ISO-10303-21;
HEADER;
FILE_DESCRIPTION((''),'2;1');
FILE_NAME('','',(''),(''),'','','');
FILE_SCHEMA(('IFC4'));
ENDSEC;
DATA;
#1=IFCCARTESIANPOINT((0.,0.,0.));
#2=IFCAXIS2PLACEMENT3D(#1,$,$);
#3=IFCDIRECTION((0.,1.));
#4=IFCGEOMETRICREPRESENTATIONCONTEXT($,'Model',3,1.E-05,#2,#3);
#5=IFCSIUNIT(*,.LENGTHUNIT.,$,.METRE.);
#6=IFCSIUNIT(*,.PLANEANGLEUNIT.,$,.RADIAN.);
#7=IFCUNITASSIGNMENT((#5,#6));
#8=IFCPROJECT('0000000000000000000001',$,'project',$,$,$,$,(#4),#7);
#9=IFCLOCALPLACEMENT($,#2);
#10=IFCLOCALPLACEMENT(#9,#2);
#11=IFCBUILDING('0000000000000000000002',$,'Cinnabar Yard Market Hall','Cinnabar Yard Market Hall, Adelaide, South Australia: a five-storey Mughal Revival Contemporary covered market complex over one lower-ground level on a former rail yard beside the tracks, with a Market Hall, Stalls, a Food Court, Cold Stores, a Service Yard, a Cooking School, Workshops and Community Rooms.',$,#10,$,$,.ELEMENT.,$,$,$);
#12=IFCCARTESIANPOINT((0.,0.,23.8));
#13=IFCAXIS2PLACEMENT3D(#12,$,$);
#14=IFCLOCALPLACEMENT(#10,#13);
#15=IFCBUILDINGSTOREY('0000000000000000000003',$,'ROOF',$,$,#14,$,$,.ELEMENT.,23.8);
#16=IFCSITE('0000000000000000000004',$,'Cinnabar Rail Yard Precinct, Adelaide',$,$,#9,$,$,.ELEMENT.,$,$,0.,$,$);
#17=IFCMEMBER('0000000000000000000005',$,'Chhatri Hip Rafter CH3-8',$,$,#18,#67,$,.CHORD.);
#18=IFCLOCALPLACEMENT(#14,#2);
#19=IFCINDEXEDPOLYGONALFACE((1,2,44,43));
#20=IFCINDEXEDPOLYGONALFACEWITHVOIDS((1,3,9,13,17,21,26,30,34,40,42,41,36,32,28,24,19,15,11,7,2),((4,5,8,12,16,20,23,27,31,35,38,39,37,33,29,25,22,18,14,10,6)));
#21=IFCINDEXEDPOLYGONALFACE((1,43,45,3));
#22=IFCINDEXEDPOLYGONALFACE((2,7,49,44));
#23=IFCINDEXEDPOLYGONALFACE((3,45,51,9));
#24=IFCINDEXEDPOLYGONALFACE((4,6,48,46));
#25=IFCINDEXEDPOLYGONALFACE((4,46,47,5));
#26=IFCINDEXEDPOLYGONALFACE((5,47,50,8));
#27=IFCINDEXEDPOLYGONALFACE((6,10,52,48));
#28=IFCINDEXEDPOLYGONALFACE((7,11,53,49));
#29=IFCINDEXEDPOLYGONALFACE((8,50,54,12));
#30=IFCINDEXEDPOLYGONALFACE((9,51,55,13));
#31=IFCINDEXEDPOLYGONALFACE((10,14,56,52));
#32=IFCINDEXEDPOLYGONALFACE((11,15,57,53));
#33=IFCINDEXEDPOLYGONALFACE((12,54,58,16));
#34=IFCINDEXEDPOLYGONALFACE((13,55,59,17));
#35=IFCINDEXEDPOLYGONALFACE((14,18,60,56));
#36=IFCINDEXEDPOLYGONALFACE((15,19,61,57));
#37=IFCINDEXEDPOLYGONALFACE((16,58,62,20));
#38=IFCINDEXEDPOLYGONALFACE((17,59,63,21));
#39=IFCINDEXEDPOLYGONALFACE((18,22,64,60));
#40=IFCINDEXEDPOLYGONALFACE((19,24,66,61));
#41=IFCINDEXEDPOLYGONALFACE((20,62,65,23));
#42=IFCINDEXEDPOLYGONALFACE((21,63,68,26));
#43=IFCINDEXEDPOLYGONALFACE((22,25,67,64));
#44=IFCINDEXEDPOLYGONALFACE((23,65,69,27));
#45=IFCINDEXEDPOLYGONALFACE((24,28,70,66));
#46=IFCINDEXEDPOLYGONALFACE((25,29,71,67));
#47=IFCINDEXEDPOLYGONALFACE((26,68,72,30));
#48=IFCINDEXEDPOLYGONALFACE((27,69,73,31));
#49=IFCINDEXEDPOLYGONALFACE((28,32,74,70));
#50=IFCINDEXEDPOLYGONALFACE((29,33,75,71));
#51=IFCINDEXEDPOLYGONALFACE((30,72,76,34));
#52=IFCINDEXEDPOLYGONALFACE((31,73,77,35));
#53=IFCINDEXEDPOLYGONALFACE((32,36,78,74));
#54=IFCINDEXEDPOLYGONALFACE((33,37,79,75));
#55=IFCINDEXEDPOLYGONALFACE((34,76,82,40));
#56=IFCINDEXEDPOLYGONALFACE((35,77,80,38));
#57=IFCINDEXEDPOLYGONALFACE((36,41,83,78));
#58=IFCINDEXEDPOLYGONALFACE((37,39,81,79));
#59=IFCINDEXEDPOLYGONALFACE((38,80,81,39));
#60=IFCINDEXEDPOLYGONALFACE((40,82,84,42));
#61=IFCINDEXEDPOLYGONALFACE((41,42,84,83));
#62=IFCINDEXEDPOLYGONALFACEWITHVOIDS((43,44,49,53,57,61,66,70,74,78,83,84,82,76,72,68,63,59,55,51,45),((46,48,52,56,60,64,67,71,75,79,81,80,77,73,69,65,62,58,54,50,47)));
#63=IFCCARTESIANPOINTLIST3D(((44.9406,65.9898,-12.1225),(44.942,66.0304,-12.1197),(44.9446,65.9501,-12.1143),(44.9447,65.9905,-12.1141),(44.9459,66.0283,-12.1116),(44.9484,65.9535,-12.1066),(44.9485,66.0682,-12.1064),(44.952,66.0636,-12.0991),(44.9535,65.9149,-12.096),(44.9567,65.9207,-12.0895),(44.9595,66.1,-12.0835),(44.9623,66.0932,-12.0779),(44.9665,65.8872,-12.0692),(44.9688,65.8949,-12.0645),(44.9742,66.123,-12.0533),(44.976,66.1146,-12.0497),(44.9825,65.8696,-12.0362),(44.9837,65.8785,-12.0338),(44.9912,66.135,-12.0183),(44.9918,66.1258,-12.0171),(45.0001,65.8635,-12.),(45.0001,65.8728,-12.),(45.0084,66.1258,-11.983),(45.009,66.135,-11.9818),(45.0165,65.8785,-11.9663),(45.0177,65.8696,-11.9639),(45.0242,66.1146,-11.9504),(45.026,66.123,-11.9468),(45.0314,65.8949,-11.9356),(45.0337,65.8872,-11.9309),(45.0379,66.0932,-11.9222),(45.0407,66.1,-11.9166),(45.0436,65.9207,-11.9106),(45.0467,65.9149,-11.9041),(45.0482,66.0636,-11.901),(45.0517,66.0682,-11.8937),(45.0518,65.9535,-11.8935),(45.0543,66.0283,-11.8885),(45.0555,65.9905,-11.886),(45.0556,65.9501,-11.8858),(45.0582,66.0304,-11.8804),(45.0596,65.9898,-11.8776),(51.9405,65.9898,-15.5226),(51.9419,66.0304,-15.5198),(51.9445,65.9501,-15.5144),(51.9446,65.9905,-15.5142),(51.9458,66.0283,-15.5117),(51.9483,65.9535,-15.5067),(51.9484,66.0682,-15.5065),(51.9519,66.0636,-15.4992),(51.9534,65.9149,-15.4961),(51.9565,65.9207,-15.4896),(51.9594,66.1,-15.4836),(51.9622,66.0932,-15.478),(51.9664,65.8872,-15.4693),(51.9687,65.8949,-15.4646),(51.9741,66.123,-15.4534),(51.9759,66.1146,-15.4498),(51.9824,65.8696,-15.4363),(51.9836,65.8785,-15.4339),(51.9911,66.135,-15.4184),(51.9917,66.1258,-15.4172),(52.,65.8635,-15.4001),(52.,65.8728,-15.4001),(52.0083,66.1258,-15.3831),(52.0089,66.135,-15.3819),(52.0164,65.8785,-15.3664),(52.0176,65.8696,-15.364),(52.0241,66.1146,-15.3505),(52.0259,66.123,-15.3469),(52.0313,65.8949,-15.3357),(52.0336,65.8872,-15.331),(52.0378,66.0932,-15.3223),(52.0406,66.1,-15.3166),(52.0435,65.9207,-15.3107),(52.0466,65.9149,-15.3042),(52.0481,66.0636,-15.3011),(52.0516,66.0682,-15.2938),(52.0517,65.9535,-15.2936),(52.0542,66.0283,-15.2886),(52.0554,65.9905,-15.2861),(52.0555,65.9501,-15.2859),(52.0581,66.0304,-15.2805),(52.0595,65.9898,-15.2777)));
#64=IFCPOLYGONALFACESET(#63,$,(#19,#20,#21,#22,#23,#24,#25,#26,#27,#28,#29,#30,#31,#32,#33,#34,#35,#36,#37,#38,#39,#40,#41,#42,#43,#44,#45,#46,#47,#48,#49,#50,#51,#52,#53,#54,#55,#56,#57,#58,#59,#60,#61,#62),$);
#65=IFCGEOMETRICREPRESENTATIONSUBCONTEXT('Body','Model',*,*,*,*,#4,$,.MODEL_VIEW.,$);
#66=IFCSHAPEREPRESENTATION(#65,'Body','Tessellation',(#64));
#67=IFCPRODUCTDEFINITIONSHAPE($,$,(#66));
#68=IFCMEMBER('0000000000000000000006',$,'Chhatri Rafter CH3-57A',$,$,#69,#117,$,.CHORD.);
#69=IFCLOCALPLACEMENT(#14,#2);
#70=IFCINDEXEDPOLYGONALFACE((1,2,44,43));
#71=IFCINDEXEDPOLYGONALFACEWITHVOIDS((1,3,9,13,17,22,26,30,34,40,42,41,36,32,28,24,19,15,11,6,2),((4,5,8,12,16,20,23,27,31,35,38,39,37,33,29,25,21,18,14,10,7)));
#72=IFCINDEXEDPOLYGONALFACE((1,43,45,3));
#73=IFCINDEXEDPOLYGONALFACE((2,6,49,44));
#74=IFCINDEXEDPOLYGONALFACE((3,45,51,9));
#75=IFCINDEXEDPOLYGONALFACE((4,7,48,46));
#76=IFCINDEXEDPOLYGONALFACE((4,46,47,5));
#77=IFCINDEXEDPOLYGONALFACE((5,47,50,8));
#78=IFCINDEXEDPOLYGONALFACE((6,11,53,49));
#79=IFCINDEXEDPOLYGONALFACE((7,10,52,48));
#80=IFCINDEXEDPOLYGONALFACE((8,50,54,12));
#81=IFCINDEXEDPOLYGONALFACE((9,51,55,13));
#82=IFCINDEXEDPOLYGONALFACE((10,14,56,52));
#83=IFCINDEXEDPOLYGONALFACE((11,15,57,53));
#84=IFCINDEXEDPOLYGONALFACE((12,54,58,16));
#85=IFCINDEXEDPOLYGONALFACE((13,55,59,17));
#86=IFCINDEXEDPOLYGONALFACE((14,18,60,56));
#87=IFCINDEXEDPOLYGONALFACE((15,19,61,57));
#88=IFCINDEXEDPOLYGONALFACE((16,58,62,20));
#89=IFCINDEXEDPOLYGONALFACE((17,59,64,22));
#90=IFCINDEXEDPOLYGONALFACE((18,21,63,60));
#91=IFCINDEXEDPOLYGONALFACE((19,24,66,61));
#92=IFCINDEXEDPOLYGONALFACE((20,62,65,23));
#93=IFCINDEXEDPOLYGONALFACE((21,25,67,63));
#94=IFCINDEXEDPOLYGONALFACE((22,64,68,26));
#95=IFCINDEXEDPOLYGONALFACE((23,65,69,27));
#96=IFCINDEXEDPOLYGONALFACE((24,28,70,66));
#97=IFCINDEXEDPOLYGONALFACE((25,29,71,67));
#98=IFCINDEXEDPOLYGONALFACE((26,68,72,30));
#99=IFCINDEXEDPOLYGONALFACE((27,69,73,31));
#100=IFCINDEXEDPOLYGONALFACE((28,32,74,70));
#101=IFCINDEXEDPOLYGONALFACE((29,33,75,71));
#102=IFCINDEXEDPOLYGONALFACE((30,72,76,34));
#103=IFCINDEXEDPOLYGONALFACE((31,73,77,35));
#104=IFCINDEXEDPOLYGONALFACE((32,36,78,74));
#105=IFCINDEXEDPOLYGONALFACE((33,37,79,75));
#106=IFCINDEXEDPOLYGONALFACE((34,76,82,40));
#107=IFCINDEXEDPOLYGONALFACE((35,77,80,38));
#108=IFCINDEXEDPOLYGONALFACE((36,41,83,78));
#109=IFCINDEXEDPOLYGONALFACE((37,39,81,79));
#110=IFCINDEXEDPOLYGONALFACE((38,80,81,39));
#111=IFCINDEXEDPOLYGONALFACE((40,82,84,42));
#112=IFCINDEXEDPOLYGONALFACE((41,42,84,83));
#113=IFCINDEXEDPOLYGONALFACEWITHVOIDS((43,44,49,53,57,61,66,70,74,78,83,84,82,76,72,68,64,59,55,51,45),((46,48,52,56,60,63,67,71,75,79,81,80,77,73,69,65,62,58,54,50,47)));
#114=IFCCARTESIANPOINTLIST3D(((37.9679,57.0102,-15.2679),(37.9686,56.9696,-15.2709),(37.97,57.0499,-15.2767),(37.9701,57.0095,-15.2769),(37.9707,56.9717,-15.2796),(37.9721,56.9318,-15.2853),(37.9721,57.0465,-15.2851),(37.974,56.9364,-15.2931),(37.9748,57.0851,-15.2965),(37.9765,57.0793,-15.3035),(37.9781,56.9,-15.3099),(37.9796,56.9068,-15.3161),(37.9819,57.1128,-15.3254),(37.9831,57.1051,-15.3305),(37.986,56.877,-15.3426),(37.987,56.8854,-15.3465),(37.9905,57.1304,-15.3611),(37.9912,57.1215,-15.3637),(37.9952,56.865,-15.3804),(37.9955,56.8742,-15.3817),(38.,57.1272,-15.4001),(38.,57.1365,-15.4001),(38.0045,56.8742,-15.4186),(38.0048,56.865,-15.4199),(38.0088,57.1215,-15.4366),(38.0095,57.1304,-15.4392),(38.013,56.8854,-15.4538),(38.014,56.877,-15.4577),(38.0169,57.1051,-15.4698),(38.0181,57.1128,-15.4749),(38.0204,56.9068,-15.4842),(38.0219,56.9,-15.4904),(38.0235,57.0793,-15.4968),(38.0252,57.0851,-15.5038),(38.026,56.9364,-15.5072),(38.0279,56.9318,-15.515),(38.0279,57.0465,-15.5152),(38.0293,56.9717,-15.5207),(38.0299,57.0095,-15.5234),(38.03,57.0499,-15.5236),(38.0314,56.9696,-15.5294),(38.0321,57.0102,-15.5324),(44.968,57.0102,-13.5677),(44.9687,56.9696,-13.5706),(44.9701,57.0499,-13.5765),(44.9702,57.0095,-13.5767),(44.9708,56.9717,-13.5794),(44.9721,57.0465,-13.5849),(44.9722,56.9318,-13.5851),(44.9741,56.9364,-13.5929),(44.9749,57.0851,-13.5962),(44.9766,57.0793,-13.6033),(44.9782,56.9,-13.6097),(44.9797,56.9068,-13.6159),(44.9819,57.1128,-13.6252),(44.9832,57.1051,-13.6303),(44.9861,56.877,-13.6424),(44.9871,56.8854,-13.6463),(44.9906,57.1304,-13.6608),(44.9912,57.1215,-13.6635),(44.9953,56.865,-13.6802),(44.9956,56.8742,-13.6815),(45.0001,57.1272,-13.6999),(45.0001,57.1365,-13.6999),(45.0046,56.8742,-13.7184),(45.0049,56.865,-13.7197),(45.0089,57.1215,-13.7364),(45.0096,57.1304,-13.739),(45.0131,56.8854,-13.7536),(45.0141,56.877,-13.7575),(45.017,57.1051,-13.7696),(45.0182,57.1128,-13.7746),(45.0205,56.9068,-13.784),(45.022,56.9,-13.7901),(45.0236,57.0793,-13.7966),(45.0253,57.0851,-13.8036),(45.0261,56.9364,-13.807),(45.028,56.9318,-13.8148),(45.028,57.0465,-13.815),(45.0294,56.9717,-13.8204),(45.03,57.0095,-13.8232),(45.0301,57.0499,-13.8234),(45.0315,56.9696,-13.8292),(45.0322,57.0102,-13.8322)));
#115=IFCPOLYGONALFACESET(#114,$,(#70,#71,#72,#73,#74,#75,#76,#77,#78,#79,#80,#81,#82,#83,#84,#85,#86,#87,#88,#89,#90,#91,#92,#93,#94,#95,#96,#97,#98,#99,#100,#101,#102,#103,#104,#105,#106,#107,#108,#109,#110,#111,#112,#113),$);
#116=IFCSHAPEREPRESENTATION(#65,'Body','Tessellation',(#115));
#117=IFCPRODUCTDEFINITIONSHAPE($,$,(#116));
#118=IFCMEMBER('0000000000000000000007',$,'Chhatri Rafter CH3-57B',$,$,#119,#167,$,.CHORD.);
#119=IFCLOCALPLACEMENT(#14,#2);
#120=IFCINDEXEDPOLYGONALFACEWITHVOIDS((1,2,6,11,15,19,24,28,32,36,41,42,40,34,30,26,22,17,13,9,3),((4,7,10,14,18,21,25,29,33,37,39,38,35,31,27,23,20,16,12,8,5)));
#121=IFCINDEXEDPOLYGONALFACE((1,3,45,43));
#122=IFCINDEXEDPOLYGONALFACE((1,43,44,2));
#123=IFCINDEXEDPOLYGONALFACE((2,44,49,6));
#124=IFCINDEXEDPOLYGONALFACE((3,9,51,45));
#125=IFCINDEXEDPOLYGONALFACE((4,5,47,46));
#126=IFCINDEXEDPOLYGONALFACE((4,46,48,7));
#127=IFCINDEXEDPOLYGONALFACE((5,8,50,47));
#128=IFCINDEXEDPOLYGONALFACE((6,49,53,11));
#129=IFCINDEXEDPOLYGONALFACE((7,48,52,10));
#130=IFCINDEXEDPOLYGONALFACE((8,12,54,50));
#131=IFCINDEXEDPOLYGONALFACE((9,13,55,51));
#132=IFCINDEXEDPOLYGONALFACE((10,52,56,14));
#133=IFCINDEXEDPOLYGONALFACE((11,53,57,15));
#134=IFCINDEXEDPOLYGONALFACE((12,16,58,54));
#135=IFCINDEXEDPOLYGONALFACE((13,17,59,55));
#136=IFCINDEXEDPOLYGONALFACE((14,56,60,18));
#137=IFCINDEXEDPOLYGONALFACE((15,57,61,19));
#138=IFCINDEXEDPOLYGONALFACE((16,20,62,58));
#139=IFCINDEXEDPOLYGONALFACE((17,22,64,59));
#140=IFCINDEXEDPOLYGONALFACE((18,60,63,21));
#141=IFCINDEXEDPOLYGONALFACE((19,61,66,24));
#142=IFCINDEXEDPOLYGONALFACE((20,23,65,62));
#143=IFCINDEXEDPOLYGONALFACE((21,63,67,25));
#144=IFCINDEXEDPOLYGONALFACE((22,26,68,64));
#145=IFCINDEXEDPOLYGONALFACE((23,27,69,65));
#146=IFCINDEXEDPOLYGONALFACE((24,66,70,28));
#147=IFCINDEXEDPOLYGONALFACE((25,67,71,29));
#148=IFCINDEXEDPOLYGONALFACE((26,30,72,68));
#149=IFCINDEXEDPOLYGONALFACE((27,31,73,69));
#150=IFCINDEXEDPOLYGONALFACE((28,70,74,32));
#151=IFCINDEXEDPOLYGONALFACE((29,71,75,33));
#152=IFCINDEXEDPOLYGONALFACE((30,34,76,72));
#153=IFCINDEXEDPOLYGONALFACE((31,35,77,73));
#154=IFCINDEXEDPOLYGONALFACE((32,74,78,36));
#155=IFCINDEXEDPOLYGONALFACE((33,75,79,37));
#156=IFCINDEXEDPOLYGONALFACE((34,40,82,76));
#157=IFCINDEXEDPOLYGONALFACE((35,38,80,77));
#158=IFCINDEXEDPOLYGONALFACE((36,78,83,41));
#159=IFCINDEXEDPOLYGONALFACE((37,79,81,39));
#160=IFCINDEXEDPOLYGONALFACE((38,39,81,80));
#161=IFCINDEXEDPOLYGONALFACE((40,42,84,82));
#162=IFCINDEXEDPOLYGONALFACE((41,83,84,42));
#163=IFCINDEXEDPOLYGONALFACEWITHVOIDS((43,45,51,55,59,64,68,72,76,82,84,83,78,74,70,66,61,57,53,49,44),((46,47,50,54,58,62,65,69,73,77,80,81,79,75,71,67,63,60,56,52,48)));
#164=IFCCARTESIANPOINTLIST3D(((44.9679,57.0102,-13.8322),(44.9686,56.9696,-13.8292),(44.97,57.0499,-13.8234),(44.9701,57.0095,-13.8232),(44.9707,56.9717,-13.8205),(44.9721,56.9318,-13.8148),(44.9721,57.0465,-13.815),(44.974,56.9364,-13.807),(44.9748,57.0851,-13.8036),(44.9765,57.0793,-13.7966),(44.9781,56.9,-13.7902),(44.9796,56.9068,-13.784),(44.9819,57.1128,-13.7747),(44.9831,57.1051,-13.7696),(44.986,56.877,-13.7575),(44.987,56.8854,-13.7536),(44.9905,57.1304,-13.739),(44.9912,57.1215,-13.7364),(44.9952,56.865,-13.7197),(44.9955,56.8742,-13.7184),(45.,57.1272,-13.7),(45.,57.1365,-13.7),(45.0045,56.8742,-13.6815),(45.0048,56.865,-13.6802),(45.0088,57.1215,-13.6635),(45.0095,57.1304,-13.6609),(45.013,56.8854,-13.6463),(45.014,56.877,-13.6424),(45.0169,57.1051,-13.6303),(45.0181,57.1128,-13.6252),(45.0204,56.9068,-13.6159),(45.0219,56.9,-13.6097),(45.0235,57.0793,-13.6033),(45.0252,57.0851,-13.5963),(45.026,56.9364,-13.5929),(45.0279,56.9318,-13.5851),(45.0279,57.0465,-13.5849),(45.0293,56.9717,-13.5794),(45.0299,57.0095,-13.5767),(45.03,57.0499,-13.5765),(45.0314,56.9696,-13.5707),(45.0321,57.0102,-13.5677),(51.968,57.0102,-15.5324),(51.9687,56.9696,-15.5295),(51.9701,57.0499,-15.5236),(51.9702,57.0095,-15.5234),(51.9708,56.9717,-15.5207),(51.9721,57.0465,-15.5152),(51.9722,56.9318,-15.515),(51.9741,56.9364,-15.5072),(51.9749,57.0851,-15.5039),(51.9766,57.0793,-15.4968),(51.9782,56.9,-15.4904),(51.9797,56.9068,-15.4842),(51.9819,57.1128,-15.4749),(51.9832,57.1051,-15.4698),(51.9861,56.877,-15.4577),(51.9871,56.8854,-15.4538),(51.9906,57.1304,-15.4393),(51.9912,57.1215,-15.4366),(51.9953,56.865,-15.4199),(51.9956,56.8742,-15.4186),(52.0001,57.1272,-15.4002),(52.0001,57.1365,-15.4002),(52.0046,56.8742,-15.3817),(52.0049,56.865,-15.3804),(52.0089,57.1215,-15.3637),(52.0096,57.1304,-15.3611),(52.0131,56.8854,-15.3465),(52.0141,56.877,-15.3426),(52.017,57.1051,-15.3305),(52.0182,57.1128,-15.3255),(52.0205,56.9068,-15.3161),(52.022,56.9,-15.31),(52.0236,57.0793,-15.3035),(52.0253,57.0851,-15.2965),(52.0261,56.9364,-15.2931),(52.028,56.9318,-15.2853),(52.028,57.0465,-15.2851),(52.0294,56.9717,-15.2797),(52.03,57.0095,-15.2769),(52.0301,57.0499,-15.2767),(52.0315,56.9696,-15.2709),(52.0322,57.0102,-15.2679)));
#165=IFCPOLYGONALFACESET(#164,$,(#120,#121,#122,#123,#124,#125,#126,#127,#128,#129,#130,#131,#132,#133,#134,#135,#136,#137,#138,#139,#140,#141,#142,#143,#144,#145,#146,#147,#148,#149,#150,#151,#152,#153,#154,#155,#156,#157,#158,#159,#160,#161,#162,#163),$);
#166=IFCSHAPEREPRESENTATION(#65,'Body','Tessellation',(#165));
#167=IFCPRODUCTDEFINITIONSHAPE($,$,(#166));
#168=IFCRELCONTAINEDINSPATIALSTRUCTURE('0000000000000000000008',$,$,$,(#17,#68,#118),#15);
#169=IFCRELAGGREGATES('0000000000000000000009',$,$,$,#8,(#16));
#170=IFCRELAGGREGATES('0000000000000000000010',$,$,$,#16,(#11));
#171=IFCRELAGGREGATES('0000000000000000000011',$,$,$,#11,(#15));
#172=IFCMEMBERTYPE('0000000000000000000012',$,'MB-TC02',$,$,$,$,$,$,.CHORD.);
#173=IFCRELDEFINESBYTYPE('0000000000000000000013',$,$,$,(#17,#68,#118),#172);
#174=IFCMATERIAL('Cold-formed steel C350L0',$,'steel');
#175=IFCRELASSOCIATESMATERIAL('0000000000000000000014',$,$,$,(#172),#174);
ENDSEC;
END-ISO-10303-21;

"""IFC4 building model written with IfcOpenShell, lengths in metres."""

from ifc_helpers import new_model, si_unit, direction, frame, origin, origin_2d_with_axis, place, context, subcontext, project, spatial, hollow_circle, extrude, material, material_profile, profile_set, type_object, element, save


model = new_model("IFC4")

# Units and contexts
model_context = context("Model", 3, precision=1e-05, world=origin(), true_north=direction((0.0, 1.0)))
body_context = subcontext(model_context, "Body", "Model", "MODEL_VIEW")
ifc_project = project(units=[si_unit("LENGTHUNIT", "METRE"), si_unit("PLANEANGLEUNIT", "RADIAN")], contexts=[model_context])

# Site, building, storey
site_placement = place(None, origin())
site = spatial("IfcSite", under=ifc_project, at=site_placement, Name="Cinnabar Rail Yard Precinct, Adelaide", CompositionType="ELEMENT", RefElevation=0.0)
building_placement = place(site_placement, origin())
building = spatial("IfcBuilding", under=site, at=building_placement, Name="Cinnabar Yard Market Hall", Description="Cinnabar Yard Market Hall, Adelaide, South Australia: a five-storey Mughal Revival Contemporary covered market complex over one lower-ground level on a former rail yard beside the tracks, with a Market Hall, Stalls, a Food Court, Cold Stores, a Service Yard, a Cooking School, Workshops and Community Rooms.", CompositionType="ELEMENT")
storey_placement = place(building_placement, frame((0.0, 0.0, 23.8)))
storey = spatial("IfcBuildingStorey", under=building, at=storey_placement, Name="ROOF", CompositionType="ELEMENT", Elevation=23.8)

# Members
ifc_material_1 = material(Name="Cold-formed steel C350L0", Category="steel")
ifc_material_profile_1 = material_profile(ifc_material_1, hollow_circle(Radius=0.1365, WallThickness=0.0093, at=origin_2d_with_axis()), Name="273.1x9.3CHS")
ifc_profile_set_1 = profile_set([ifc_material_profile_1], Name="Cold-formed steel C350L0")
member_type_1 = type_object("IfcMemberType", Name="MB-TC02", PredefinedType="CHORD", material=ifc_profile_set_1)
for number, where, z_axis, x_axis, name in (
    (1, (52.0, 66.0, -15.4001), (-0.899501, 0.0, 0.436919), (0.0, -1.0, 0.0), "Chhatri Hip Rafter CH3-8"),
):
    element("IfcMember", number, at=place(storey_placement, frame(where, z_axis=z_axis, x_axis=x_axis)), inside=storey, type_object=member_type_1, Name=name, PredefinedType="CHORD", context=body_context, shape_type="SweptSolid", body=[
        extrude(hollow_circle(Radius=0.1365, WallThickness=0.0093, at=origin_2d_with_axis()), origin(), (0.0, 0.0, 1.0), 7.782),
    ])
for number, where, z_axis, x_axis, name in (
    (2, (38.0, 57.0, -15.4001), (0.971747, 0.0, 0.236023), (0.0, 1.0, 0.0), "Chhatri Rafter CH3-57A"),
    (3, (45.0, 57.0, -13.7), (0.971747, 0.0, -0.236023), (0.0, 1.0, 0.0), "Chhatri Rafter CH3-57B"),
):
    element("IfcMember", number, at=place(storey_placement, frame(where, z_axis=z_axis, x_axis=x_axis)), inside=storey, type_object=member_type_1, Name=name, PredefinedType="CHORD", context=body_context, shape_type="SweptSolid", body=[
        extrude(hollow_circle(Radius=0.1365, WallThickness=0.0093, at=origin_2d_with_axis()), origin(), (0.0, 0.0, 1.0), 7.2036),
    ])

save(model, "model.ifc")
